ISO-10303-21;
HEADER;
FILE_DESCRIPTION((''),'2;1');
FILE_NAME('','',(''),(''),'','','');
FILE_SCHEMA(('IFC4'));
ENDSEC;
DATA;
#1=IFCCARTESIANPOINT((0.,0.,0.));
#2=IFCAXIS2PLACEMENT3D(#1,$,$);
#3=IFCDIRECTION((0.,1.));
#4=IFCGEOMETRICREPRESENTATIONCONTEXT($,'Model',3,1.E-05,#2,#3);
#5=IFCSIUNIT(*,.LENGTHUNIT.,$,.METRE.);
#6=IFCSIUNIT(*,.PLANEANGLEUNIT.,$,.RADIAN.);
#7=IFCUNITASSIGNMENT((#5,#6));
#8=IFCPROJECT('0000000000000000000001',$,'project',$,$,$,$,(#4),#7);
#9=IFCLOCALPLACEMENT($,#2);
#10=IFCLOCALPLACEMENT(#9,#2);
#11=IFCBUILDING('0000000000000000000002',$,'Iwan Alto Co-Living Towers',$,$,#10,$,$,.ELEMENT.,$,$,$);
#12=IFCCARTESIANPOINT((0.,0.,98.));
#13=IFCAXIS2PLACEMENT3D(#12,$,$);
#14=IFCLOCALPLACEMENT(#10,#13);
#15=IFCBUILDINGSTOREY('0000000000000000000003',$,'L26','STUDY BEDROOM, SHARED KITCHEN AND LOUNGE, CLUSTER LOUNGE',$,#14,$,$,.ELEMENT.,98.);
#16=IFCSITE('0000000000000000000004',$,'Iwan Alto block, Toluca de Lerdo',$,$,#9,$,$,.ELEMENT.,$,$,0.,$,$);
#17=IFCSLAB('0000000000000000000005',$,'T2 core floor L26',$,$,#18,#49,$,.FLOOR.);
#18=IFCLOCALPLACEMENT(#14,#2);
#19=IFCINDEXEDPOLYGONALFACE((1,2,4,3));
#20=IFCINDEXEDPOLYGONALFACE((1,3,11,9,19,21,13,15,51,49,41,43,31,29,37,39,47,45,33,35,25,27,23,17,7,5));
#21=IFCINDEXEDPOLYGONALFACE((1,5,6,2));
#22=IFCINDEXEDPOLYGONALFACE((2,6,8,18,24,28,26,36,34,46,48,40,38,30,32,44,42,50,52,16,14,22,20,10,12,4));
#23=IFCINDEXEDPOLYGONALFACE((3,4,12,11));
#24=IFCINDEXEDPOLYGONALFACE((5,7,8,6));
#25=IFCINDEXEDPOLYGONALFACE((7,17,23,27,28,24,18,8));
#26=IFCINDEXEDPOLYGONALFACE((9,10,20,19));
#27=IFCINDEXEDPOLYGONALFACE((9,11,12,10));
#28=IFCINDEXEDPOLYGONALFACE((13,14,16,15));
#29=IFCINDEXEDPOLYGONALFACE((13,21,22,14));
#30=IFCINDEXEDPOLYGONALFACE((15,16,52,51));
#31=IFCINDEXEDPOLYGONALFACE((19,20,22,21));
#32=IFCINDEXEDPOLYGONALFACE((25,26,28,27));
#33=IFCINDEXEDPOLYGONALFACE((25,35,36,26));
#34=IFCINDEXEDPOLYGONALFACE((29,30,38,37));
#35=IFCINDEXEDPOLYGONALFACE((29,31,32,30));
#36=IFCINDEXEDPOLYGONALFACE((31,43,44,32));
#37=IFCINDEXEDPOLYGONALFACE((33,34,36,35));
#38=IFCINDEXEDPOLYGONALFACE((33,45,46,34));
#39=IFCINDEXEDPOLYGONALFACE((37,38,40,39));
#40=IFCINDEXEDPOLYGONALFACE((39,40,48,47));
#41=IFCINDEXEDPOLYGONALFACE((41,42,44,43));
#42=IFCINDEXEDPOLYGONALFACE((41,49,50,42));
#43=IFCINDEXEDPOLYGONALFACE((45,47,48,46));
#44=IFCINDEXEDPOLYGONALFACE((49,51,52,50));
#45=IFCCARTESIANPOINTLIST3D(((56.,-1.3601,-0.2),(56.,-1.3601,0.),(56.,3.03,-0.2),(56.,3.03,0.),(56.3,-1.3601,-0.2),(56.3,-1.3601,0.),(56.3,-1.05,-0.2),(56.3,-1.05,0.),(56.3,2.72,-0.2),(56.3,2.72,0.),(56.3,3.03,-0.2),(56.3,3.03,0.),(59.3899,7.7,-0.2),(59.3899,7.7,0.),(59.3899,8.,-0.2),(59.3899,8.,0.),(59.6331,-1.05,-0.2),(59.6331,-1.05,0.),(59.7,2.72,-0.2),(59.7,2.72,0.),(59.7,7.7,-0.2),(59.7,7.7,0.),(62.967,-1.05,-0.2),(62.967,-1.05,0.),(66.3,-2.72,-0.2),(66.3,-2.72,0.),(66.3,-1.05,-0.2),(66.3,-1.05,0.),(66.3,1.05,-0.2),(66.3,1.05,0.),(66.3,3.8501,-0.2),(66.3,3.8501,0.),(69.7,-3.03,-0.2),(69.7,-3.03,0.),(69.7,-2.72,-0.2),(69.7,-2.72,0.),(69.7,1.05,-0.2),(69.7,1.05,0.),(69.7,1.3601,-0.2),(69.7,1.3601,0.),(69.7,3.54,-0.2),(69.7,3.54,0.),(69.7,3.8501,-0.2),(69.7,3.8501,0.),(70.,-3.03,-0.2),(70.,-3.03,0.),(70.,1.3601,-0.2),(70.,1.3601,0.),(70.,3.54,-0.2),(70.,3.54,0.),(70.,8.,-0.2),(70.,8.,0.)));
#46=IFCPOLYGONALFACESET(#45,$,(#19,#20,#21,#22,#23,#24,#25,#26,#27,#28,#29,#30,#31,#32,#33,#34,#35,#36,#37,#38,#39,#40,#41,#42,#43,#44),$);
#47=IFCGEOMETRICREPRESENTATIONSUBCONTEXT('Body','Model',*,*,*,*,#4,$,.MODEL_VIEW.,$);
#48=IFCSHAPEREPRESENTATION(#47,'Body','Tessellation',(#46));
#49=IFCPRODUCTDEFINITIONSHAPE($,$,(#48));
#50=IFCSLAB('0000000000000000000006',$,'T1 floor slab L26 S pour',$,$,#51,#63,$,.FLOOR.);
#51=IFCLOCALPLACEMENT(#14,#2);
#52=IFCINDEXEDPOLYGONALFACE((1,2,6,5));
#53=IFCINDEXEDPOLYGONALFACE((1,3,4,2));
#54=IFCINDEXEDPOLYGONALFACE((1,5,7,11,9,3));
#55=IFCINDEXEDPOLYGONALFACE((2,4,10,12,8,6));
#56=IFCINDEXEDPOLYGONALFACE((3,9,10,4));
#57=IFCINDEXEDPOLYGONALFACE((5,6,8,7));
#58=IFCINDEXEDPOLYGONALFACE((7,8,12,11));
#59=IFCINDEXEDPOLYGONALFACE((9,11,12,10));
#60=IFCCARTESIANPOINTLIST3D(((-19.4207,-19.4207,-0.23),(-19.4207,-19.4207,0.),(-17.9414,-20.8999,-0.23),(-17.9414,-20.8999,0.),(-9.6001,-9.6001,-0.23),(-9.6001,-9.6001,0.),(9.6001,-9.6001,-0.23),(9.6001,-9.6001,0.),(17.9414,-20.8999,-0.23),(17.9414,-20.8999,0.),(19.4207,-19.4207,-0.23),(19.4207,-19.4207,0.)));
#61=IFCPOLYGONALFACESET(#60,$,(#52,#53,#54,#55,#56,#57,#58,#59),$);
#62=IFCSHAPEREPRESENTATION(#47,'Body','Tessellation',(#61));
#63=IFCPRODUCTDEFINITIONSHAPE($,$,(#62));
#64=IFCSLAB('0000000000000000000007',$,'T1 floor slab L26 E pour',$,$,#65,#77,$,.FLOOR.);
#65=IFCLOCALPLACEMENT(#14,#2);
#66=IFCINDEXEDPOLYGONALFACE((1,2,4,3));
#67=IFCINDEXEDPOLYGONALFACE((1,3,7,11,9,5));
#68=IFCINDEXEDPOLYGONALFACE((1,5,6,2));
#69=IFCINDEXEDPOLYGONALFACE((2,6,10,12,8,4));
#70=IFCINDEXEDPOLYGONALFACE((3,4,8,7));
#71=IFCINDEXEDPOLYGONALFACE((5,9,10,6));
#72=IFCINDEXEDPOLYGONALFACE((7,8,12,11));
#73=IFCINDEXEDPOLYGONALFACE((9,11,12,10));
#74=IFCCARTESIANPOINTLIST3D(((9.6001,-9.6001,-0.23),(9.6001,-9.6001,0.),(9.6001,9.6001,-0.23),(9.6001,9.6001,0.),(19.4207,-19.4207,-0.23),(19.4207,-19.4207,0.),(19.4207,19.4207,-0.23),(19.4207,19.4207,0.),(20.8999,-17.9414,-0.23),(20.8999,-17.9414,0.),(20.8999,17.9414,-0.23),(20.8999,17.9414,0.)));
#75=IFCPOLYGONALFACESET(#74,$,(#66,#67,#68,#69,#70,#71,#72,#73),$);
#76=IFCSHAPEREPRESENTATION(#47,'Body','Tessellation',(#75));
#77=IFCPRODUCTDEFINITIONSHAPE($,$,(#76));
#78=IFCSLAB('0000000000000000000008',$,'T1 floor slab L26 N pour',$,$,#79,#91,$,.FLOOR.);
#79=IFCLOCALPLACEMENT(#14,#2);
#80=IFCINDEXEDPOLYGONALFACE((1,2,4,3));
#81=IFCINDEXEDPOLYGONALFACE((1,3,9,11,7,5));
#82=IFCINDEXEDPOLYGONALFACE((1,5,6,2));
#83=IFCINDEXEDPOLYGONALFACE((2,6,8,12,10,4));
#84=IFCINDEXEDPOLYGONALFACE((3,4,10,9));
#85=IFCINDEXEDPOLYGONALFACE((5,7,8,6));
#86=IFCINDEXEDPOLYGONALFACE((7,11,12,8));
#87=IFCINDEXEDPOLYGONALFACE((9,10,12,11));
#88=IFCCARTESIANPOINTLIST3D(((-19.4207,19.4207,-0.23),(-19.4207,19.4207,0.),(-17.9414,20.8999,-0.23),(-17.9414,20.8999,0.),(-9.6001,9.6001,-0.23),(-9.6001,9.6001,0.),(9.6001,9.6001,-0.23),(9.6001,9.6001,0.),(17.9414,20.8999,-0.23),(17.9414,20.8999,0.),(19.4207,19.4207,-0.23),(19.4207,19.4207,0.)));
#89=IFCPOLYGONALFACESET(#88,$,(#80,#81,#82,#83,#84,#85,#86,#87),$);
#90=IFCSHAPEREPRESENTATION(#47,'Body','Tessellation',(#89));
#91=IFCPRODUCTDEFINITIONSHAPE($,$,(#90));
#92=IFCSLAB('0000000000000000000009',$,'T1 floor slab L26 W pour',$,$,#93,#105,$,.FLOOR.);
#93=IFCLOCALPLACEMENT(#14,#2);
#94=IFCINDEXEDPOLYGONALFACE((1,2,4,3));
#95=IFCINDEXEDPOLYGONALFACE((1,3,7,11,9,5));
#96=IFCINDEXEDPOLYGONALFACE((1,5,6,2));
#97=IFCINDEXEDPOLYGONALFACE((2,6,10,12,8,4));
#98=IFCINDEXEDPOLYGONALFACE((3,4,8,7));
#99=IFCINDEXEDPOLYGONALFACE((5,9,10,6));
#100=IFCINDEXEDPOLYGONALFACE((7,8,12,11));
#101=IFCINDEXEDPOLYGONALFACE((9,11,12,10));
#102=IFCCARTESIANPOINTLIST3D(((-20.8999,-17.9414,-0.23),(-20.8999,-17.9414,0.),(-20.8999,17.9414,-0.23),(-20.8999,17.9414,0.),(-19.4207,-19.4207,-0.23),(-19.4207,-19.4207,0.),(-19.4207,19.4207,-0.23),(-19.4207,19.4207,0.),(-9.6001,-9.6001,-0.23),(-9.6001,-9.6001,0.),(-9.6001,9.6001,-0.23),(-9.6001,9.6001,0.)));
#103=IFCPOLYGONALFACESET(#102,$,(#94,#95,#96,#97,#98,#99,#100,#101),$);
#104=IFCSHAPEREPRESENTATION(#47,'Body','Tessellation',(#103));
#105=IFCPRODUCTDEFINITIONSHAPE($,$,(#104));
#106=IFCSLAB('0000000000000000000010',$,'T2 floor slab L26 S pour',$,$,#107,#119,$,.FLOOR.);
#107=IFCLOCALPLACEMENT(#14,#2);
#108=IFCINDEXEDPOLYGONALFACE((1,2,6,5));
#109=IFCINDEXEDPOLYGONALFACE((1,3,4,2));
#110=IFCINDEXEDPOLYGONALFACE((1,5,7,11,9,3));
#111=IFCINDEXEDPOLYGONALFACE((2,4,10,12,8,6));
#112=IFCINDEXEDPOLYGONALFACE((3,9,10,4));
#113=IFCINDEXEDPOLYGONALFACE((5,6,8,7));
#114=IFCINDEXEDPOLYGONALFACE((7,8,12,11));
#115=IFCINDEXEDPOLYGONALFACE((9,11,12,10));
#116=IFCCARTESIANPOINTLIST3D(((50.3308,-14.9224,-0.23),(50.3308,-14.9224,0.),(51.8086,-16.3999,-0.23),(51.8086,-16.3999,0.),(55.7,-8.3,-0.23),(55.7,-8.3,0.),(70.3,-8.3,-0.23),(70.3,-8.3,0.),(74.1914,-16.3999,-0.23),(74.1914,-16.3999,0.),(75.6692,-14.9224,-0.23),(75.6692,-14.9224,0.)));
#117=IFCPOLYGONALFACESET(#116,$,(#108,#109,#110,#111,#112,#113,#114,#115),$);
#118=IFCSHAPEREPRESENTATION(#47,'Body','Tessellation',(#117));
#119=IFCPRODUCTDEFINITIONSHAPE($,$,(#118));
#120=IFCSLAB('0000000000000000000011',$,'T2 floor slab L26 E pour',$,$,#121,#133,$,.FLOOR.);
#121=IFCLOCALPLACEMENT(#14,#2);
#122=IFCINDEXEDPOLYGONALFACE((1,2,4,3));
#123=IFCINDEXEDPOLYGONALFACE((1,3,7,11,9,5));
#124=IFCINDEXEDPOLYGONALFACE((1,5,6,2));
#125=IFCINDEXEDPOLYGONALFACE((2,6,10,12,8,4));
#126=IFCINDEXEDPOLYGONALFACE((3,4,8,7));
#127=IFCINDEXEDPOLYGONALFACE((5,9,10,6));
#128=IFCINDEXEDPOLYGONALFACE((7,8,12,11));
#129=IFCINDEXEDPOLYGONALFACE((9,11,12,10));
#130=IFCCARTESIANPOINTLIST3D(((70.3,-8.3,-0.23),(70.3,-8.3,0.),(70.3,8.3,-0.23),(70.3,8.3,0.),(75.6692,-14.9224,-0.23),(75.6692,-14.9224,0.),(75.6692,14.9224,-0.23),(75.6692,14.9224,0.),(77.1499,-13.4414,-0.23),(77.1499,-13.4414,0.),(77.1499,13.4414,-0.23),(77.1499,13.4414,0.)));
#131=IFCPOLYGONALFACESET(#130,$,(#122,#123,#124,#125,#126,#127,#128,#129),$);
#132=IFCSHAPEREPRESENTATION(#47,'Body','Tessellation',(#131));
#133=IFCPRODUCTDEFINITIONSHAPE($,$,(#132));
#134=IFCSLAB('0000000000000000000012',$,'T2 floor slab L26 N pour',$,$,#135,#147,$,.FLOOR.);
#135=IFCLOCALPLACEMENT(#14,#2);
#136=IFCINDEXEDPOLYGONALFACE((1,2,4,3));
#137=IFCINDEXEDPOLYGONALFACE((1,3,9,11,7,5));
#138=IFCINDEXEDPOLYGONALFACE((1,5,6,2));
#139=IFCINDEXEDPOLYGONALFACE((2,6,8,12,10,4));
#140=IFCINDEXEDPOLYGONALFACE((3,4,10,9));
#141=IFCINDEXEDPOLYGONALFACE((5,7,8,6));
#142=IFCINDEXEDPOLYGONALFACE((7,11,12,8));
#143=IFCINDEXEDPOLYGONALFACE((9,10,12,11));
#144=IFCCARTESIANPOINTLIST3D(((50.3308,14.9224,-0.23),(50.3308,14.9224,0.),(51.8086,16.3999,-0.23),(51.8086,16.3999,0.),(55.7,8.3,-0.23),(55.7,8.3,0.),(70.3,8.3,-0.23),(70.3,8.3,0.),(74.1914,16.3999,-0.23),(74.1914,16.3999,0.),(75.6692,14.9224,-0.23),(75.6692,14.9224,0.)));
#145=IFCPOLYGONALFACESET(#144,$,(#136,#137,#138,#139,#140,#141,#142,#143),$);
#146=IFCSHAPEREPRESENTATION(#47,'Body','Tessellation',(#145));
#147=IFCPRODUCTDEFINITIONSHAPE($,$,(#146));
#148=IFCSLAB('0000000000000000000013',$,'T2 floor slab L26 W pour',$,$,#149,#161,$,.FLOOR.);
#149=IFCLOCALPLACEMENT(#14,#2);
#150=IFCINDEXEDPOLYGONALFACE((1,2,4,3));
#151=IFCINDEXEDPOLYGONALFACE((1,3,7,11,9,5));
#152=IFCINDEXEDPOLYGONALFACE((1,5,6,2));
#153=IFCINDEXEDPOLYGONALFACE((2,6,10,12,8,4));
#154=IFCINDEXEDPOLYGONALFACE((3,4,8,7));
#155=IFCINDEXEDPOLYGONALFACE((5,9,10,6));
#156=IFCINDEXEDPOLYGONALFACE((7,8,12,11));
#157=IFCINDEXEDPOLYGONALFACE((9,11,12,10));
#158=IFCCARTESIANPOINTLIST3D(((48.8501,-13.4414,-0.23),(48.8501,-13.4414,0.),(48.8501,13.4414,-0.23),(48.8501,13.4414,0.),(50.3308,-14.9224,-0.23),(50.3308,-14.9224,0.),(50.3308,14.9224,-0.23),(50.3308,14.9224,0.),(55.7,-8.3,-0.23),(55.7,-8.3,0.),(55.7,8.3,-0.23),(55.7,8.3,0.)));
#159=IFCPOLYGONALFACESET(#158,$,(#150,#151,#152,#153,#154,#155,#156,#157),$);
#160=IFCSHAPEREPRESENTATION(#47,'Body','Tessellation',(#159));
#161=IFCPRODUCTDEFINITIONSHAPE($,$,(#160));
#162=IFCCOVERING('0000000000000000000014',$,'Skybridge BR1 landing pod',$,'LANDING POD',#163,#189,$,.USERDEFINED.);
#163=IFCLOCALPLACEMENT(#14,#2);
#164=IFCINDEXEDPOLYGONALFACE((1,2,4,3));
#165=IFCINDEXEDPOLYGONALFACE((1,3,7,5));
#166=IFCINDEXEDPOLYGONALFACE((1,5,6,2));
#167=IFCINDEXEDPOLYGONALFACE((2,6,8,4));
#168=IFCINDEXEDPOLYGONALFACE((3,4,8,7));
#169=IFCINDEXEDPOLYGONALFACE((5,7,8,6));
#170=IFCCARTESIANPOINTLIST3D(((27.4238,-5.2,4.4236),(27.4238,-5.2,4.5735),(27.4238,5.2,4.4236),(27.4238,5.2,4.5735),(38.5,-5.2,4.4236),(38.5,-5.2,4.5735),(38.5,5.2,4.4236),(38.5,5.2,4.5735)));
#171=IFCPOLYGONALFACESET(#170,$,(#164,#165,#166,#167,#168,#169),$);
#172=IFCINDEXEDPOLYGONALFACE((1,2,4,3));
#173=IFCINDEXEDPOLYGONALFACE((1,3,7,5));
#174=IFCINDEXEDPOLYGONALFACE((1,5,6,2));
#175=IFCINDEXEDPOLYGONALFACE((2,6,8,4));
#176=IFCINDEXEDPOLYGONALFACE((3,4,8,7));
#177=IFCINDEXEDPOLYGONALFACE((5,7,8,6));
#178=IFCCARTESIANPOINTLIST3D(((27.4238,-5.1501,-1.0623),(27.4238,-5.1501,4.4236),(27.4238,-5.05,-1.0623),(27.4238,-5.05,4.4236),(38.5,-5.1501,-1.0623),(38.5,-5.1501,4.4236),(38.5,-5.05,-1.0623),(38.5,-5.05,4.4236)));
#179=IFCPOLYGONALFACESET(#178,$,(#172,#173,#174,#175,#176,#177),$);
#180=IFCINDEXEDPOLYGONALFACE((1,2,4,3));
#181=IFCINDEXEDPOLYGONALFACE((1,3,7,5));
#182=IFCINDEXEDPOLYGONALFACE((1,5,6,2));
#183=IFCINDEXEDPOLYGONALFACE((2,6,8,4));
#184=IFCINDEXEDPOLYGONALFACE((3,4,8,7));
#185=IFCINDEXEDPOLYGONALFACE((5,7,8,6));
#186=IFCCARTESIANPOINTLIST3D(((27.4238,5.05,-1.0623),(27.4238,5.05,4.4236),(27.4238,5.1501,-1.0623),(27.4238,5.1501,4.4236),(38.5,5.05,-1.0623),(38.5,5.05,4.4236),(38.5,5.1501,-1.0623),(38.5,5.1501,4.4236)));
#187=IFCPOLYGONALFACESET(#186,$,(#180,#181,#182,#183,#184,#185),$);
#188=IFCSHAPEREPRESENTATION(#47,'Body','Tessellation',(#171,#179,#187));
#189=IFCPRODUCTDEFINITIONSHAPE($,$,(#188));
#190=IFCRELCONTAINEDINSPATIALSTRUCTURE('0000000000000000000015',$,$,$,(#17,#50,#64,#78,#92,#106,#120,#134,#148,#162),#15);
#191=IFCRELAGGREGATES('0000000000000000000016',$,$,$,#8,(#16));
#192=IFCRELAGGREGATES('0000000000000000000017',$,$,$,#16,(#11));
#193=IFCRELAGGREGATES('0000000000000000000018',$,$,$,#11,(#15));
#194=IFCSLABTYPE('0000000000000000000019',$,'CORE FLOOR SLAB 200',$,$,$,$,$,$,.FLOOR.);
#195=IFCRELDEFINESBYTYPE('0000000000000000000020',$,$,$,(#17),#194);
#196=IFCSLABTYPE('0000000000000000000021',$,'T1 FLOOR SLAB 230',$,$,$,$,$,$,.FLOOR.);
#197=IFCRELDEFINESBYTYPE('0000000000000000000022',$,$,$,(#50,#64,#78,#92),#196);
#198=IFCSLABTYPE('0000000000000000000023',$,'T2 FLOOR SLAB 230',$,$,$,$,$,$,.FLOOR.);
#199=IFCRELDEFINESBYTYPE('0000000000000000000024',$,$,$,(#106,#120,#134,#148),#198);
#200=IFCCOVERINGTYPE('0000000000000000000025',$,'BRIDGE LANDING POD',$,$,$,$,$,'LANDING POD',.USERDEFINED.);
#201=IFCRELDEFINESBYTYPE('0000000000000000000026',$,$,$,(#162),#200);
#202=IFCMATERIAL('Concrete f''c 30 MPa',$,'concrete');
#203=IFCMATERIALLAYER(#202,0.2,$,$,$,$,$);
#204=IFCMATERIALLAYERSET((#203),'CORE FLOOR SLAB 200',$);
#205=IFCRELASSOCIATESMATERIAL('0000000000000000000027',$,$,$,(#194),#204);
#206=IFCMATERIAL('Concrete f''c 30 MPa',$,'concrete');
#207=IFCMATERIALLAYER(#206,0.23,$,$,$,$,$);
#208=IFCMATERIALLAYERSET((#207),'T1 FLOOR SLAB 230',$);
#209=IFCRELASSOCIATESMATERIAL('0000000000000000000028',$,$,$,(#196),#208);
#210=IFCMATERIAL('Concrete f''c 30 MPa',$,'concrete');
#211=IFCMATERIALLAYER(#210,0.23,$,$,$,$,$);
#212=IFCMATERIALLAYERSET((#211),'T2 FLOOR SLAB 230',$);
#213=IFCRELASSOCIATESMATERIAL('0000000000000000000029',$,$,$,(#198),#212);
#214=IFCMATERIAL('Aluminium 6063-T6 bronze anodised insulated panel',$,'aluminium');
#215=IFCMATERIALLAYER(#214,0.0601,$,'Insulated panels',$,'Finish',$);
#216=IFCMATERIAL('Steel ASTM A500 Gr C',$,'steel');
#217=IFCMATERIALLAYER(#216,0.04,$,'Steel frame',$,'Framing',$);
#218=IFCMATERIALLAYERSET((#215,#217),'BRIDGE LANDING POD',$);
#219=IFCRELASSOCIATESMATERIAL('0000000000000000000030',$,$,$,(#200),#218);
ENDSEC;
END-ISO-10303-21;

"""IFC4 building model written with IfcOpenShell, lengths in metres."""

from ifc_helpers import new_model, si_unit, direction, frame, origin, origin_2d, place, context, subcontext, project, spatial, polyline, rectangle, outline, extrude, material, layer, layer_set, type_object, element, save


model = new_model("IFC4")

# Units and contexts
model_context = context("Model", 3, precision=1e-05, world=origin(), true_north=direction((0.0, 1.0)))
body_context = subcontext(model_context, "Body", "Model", "MODEL_VIEW")
ifc_project = project(units=[si_unit("LENGTHUNIT", "METRE"), si_unit("PLANEANGLEUNIT", "RADIAN")], contexts=[model_context])

# Site, building, storey
site_placement = place(None, origin())
site = spatial("IfcSite", under=ifc_project, at=site_placement, Name="Iwan Alto block, Toluca de Lerdo", CompositionType="ELEMENT", RefElevation=0.0)
building_placement = place(site_placement, origin())
building = spatial("IfcBuilding", under=site, at=building_placement, Name="Iwan Alto Co-Living Towers", CompositionType="ELEMENT")
storey_placement = place(building_placement, frame((0.0, 0.0, 98.0)))
storey = spatial("IfcBuildingStorey", under=building, at=storey_placement, Name="L26", Description="STUDY BEDROOM, SHARED KITCHEN AND LOUNGE, CLUSTER LOUNGE", CompositionType="ELEMENT", Elevation=98.0)

# Slabs
ifc_material_1 = material(Name="Concrete f'c 30 MPa", Category="concrete")
ifc_layer_1 = layer(ifc_material_1, 0.2)
ifc_layer_set_1 = layer_set([ifc_layer_1], Name="CORE FLOOR SLAB 200")
slab_type_1 = type_object("IfcSlabType", Name="CORE FLOOR SLAB 200", PredefinedType="FLOOR", material=ifc_layer_set_1)
slab_1_placement = place(storey_placement, frame((0.0, 0.0, -0.2)))
element("IfcSlab", 1, at=slab_1_placement, inside=storey, type_object=slab_type_1, Name="T2 core floor L26", PredefinedType="FLOOR", context=body_context, shape_type="SweptSolid", body=[
    extrude(outline(polyline([(70.0, -3.03), (69.7, -3.03), (69.7, -2.72), (66.3, -2.72), (66.3, -1.05), (62.967, -1.05), (59.6331, -1.05), (56.3, -1.05), (56.3, -1.3601), (56.0, -1.3601), (56.0, 3.03), (56.3, 3.03), (56.3, 2.72), (59.7, 2.72), (59.7, 7.7), (59.3899, 7.7), (59.3899, 8.0), (70.0, 8.0), (70.0, 3.54), (69.7, 3.54), (69.7, 3.8501), (66.3, 3.8501), (66.3, 1.05), (69.7, 1.05), (69.7, 1.3601), (70.0, 1.3601), (70.0, -3.03)])), origin(), (0.0, 0.0, 1.0), 0.2),
])
ifc_material_2 = material(Name="Concrete f'c 30 MPa", Category="concrete")
ifc_layer_2 = layer(ifc_material_2, 0.23)
ifc_layer_set_2 = layer_set([ifc_layer_2], Name="T1 FLOOR SLAB 230")
slab_type_2 = type_object("IfcSlabType", Name="T1 FLOOR SLAB 230", PredefinedType="FLOOR", material=ifc_layer_set_2)
slab_2_placement = place(storey_placement, frame((0.0, 0.0, -0.23)))
element("IfcSlab", 2, at=slab_2_placement, inside=storey, type_object=slab_type_2, Name="T1 floor slab L26 S pour", PredefinedType="FLOOR", context=body_context, shape_type="SweptSolid", body=[
    extrude(outline(polyline([(17.9414, -20.8999), (-17.9414, -20.8999), (-19.4207, -19.4207), (-9.6001, -9.6001), (9.6001, -9.6001), (19.4207, -19.4207), (17.9414, -20.8999)])), origin(), (0.0, 0.0, 1.0), 0.23),
])
slab_3_placement = place(storey_placement, frame((0.0, 0.0, -0.23)))
element("IfcSlab", 3, at=slab_3_placement, inside=storey, type_object=slab_type_2, Name="T1 floor slab L26 E pour", PredefinedType="FLOOR", context=body_context, shape_type="SweptSolid", body=[
    extrude(outline(polyline([(20.8999, 17.9414), (20.8999, -17.9414), (19.4207, -19.4207), (9.6001, -9.6001), (9.6001, 9.6001), (19.4207, 19.4207), (20.8999, 17.9414)])), origin(), (0.0, 0.0, 1.0), 0.23),
])
slab_4_placement = place(storey_placement, frame((0.0, 0.0, -0.23)))
element("IfcSlab", 4, at=slab_4_placement, inside=storey, type_object=slab_type_2, Name="T1 floor slab L26 N pour", PredefinedType="FLOOR", context=body_context, shape_type="SweptSolid", body=[
    extrude(outline(polyline([(-17.9414, 20.8999), (17.9414, 20.8999), (19.4207, 19.4207), (9.6001, 9.6001), (-9.6001, 9.6001), (-19.4207, 19.4207), (-17.9414, 20.8999)])), origin(), (0.0, 0.0, 1.0), 0.23),
])
slab_5_placement = place(storey_placement, frame((0.0, 0.0, -0.23)))
element("IfcSlab", 5, at=slab_5_placement, inside=storey, type_object=slab_type_2, Name="T1 floor slab L26 W pour", PredefinedType="FLOOR", context=body_context, shape_type="SweptSolid", body=[
    extrude(outline(polyline([(-20.8999, 17.9414), (-19.4207, 19.4207), (-9.6001, 9.6001), (-9.6001, -9.6001), (-19.4207, -19.4207), (-20.8999, -17.9414), (-20.8999, 17.9414)])), origin(), (0.0, 0.0, 1.0), 0.23),
])
ifc_material_3 = material(Name="Concrete f'c 30 MPa", Category="concrete")
ifc_layer_3 = layer(ifc_material_3, 0.23)
ifc_layer_set_3 = layer_set([ifc_layer_3], Name="T2 FLOOR SLAB 230")
slab_type_3 = type_object("IfcSlabType", Name="T2 FLOOR SLAB 230", PredefinedType="FLOOR", material=ifc_layer_set_3)
slab_6_placement = place(storey_placement, frame((0.0, 0.0, -0.23)))
element("IfcSlab", 6, at=slab_6_placement, inside=storey, type_object=slab_type_3, Name="T2 floor slab L26 S pour", PredefinedType="FLOOR", context=body_context, shape_type="SweptSolid", body=[
    extrude(outline(polyline([(74.1914, -16.3999), (51.8086, -16.3999), (50.3308, -14.9224), (55.7, -8.3), (70.3, -8.3), (75.6692, -14.9224), (74.1914, -16.3999)])), origin(), (0.0, 0.0, 1.0), 0.23),
])
slab_7_placement = place(storey_placement, frame((0.0, 0.0, -0.23)))
element("IfcSlab", 7, at=slab_7_placement, inside=storey, type_object=slab_type_3, Name="T2 floor slab L26 E pour", PredefinedType="FLOOR", context=body_context, shape_type="SweptSolid", body=[
    extrude(outline(polyline([(77.1499, 13.4414), (77.1499, -13.4414), (75.6692, -14.9224), (70.3, -8.3), (70.3, 8.3), (75.6692, 14.9224), (77.1499, 13.4414)])), origin(), (0.0, 0.0, 1.0), 0.23),
])
slab_8_placement = place(storey_placement, frame((0.0, 0.0, -0.23)))
element("IfcSlab", 8, at=slab_8_placement, inside=storey, type_object=slab_type_3, Name="T2 floor slab L26 N pour", PredefinedType="FLOOR", context=body_context, shape_type="SweptSolid", body=[
    extrude(outline(polyline([(51.8086, 16.3999), (74.1914, 16.3999), (75.6692, 14.9224), (70.3, 8.3), (55.7, 8.3), (50.3308, 14.9224), (51.8086, 16.3999)])), origin(), (0.0, 0.0, 1.0), 0.23),
])
slab_9_placement = place(storey_placement, frame((0.0, 0.0, -0.23)))
element("IfcSlab", 9, at=slab_9_placement, inside=storey, type_object=slab_type_3, Name="T2 floor slab L26 W pour", PredefinedType="FLOOR", context=body_context, shape_type="SweptSolid", body=[
    extrude(outline(polyline([(48.8501, 13.4414), (50.3308, 14.9224), (55.7, 8.3), (55.7, -8.3), (50.3308, -14.9224), (48.8501, -13.4414), (48.8501, 13.4414)])), origin(), (0.0, 0.0, 1.0), 0.23),
])

# Covering
ifc_material_4 = material(Name="Aluminium 6063-T6 bronze anodised insulated panel", Category="aluminium")
ifc_layer_4 = layer(ifc_material_4, 0.0601, Name="Insulated panels", Category="Finish")
ifc_material_5 = material(Name="Steel ASTM A500 Gr C", Category="steel")
ifc_layer_5 = layer(ifc_material_5, 0.04, Name="Steel frame", Category="Framing")
ifc_layer_set_4 = layer_set([ifc_layer_4, ifc_layer_5], Name="BRIDGE LANDING POD")
covering_type = type_object("IfcCoveringType", Name="BRIDGE LANDING POD", ElementType="LANDING POD", PredefinedType="USERDEFINED", material=ifc_layer_set_4)
covering_placement = place(storey_placement, frame((0.0, 0.0, -98.0)))
element("IfcCovering", 10, at=covering_placement, inside=storey, type_object=covering_type, Name="Skybridge BR1 landing pod", ObjectType="LANDING POD", PredefinedType="USERDEFINED", context=body_context, shape_type="SweptSolid", body=[
    extrude(rectangle(XDim=11.0762, YDim=10.3999, at=origin_2d()), frame((32.9619, 0.0, 102.4236), z_axis=(0.0, 0.0, 1.0), x_axis=(1.0, 0.0, 0.0)), (0.0, 0.0, 1.0), 0.1499),
    extrude(rectangle(XDim=11.0762, YDim=0.1001, at=origin_2d()), frame((32.9619, -5.1001, 96.9377), z_axis=(0.0, 0.0, 1.0), x_axis=(1.0, 0.0, 0.0)), (0.0, 0.0, 1.0), 5.4858),
    extrude(rectangle(XDim=11.0762, YDim=0.1001, at=origin_2d()), frame((32.9619, 5.1001, 96.9377), z_axis=(0.0, 0.0, 1.0), x_axis=(1.0, 0.0, 0.0)), (0.0, 0.0, 1.0), 5.4858),
])

save(model, "model.ifc")
